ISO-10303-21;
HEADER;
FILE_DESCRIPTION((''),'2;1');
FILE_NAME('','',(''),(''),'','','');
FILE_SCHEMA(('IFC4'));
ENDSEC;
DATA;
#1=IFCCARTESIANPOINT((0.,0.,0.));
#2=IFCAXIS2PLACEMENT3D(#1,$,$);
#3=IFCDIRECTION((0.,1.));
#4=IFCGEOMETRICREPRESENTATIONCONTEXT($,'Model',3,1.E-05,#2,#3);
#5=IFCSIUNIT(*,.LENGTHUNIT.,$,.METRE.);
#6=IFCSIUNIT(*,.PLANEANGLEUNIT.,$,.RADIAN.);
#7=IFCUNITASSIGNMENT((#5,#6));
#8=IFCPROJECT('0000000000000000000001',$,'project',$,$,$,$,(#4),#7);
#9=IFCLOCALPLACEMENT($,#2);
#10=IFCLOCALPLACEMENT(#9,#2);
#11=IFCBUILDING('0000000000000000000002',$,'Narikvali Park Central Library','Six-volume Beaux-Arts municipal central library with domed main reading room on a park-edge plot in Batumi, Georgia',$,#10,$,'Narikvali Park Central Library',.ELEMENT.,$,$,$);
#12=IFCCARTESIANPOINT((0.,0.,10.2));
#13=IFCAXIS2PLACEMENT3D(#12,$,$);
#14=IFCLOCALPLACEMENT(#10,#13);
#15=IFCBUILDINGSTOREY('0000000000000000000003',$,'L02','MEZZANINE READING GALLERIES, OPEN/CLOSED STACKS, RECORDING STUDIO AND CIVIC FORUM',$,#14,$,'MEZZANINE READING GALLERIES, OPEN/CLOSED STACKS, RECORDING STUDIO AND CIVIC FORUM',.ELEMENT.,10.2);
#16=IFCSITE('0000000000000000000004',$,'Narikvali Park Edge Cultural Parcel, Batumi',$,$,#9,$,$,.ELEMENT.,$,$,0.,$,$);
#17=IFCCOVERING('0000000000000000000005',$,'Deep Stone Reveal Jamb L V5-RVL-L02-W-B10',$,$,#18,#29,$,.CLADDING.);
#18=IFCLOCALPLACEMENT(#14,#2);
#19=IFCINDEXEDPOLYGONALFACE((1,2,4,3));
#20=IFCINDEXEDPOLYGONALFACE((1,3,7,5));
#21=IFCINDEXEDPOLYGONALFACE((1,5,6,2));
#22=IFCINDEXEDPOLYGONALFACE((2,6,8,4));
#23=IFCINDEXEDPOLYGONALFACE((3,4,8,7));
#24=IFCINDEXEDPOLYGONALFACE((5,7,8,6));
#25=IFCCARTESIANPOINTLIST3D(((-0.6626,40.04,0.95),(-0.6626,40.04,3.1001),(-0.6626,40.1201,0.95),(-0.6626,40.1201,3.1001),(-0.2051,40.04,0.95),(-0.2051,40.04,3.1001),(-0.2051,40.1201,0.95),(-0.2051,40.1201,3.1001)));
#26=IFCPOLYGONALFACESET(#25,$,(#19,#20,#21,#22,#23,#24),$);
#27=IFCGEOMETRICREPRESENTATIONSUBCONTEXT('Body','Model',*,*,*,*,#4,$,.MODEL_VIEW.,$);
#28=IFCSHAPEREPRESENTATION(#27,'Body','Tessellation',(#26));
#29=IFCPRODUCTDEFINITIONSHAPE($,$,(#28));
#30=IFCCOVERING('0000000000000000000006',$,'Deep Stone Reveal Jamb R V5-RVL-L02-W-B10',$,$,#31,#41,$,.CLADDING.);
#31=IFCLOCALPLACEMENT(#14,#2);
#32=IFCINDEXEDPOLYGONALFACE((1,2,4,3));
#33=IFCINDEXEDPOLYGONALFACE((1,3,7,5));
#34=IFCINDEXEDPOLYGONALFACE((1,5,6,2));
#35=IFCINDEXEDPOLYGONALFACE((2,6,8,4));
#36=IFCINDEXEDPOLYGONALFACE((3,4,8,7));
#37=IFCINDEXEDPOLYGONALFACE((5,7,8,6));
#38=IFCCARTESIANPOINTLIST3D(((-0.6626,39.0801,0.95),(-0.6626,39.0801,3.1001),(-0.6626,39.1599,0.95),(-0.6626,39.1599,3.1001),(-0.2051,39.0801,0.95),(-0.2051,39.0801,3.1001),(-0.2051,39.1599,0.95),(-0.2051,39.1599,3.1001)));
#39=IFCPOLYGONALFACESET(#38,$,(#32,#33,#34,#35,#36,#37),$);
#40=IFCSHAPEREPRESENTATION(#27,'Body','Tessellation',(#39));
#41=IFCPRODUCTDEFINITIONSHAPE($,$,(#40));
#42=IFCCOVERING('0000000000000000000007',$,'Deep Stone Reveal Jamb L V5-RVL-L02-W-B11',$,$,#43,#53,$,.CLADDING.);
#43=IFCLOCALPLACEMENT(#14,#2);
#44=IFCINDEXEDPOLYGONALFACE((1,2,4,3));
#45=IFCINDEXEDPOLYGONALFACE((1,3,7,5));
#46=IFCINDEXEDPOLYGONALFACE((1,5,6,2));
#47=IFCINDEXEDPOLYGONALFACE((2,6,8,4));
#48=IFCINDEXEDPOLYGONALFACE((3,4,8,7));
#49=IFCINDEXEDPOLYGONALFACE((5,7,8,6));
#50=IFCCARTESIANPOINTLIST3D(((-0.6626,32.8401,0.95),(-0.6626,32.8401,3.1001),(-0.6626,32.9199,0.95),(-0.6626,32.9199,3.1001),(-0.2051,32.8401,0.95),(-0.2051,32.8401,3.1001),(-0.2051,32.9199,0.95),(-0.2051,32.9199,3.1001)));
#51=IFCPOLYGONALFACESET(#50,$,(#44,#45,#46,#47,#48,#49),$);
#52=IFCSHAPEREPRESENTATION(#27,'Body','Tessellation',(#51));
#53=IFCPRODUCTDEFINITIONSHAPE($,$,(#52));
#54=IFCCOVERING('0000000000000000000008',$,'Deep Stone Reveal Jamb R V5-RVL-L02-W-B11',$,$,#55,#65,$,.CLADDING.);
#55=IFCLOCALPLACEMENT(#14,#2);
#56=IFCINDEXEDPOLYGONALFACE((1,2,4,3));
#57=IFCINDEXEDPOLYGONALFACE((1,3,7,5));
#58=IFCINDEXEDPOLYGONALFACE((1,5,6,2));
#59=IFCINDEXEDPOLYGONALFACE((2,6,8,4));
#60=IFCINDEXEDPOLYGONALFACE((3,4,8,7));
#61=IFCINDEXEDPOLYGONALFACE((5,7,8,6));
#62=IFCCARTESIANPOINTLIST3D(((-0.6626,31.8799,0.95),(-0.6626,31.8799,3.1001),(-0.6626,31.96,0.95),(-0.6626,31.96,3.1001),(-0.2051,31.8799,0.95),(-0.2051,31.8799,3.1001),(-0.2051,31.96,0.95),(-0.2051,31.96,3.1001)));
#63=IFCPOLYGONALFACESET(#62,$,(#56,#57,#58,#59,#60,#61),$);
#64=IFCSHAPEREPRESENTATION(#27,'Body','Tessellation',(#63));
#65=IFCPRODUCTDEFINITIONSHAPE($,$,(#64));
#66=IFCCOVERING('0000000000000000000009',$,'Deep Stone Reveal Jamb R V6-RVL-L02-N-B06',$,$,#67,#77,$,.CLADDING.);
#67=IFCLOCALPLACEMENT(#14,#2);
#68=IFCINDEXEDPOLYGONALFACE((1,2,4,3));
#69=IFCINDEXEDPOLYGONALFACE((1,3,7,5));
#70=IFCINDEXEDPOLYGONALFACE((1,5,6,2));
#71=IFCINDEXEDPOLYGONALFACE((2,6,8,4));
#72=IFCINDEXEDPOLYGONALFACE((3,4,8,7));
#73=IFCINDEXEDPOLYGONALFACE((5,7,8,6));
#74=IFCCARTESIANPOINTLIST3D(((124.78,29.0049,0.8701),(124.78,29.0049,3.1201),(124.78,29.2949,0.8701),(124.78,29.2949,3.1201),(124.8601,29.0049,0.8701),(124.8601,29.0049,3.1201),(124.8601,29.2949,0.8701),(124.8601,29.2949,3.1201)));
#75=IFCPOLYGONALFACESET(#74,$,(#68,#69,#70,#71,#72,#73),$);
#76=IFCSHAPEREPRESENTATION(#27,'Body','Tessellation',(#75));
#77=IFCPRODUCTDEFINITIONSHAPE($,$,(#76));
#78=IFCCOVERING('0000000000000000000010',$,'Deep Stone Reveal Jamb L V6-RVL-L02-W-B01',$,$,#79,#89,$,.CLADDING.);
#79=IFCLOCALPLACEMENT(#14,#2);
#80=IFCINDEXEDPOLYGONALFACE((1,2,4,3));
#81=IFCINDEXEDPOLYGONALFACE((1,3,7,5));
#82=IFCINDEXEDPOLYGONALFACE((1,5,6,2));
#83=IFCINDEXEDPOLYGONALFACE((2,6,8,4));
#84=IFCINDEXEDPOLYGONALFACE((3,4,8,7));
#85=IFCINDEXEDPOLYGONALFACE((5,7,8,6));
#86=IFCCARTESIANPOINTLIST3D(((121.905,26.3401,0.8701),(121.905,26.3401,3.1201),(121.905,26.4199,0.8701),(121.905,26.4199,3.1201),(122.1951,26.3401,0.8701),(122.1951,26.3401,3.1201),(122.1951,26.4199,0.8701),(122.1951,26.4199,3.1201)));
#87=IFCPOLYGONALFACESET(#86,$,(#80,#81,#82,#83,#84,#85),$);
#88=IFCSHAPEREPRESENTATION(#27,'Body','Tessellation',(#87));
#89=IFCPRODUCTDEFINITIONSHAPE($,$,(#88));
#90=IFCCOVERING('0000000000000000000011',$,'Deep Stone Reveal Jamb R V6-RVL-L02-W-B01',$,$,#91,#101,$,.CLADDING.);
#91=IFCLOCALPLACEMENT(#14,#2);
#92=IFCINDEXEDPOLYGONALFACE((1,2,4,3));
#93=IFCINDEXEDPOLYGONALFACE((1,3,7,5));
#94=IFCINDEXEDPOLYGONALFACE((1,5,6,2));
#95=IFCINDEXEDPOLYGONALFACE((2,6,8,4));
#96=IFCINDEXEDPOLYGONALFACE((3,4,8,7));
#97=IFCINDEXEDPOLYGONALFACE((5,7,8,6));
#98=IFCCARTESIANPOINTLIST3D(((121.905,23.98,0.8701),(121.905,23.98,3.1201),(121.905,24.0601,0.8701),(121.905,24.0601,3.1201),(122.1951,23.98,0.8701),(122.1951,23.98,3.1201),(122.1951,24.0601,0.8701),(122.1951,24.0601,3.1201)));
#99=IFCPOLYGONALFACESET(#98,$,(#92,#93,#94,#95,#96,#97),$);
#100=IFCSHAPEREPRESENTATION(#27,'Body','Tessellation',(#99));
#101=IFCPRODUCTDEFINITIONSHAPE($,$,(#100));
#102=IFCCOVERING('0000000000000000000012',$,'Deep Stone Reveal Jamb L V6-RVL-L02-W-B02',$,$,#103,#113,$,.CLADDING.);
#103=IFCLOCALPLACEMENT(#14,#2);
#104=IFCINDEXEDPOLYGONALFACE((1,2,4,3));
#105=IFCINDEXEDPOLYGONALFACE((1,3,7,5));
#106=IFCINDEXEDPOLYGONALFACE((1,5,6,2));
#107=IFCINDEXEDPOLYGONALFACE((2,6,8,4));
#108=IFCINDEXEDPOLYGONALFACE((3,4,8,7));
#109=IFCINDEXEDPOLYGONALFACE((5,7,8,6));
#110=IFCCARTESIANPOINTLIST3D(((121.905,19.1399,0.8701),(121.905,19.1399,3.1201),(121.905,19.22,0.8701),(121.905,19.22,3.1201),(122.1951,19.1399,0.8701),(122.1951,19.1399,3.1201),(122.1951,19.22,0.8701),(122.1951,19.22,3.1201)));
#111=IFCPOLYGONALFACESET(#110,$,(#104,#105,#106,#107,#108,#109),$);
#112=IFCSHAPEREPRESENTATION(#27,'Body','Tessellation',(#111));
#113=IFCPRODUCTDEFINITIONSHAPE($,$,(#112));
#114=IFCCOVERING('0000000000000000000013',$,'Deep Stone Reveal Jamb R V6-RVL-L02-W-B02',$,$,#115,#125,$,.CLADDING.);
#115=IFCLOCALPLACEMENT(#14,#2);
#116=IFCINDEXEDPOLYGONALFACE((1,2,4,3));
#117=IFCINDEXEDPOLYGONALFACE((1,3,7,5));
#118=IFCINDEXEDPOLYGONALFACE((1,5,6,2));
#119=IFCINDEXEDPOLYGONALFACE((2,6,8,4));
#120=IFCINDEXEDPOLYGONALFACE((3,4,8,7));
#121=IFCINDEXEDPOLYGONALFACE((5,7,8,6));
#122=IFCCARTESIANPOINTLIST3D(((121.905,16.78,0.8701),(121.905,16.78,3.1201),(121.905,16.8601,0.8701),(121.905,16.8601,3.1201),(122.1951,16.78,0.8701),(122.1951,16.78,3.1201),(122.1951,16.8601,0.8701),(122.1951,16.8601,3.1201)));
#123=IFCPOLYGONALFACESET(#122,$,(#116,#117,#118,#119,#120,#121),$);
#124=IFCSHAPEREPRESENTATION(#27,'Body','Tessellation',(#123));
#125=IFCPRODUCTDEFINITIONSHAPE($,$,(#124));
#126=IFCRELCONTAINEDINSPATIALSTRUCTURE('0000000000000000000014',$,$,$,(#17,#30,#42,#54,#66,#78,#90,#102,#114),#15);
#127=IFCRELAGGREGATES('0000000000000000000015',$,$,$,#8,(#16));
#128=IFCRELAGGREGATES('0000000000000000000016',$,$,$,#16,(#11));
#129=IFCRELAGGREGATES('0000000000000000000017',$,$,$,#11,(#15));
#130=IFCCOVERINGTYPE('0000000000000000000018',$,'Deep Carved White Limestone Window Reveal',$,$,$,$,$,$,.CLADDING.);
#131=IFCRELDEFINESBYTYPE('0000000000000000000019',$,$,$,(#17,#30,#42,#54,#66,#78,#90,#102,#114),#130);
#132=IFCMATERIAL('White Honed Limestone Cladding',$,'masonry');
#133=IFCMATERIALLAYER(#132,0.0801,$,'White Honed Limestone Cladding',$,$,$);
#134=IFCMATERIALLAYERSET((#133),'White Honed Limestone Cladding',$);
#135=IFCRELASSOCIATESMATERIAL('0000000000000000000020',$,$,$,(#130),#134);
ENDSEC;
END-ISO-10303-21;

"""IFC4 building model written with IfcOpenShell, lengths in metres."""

from ifc_helpers import new_model, si_unit, direction, frame, origin, place, context, subcontext, project, spatial, polyline, outline, extrude, material, layer, layer_set, type_object, element, save


model = new_model("IFC4")

# Units and contexts
model_context = context("Model", 3, precision=1e-05, world=origin(), true_north=direction((0.0, 1.0)))
body_context = subcontext(model_context, "Body", "Model", "MODEL_VIEW")
ifc_project = project(units=[si_unit("LENGTHUNIT", "METRE"), si_unit("PLANEANGLEUNIT", "RADIAN")], contexts=[model_context])

# Site, building, storey
site_placement = place(None, origin())
site = spatial("IfcSite", under=ifc_project, at=site_placement, Name="Narikvali Park Edge Cultural Parcel, Batumi", CompositionType="ELEMENT", RefElevation=0.0)
building_placement = place(site_placement, origin())
building = spatial("IfcBuilding", under=site, at=building_placement, Name="Narikvali Park Central Library", Description="Six-volume Beaux-Arts municipal central library with domed main reading room on a park-edge plot in Batumi, Georgia", LongName="Narikvali Park Central Library", CompositionType="ELEMENT")
storey_placement = place(building_placement, frame((0.0, 0.0, 10.2)))
storey = spatial("IfcBuildingStorey", under=building, at=storey_placement, Name="L02", Description="MEZZANINE READING GALLERIES, OPEN/CLOSED STACKS, RECORDING STUDIO AND CIVIC FORUM", LongName="MEZZANINE READING GALLERIES, OPEN/CLOSED STACKS, RECORDING STUDIO AND CIVIC FORUM", CompositionType="ELEMENT", Elevation=10.2)

# Coverings
ifc_material = material(Name="White Honed Limestone Cladding", Category="masonry")
ifc_layer = layer(ifc_material, 0.0801, Name="White Honed Limestone Cladding")
ifc_layer_set = layer_set([ifc_layer], Name="White Honed Limestone Cladding")
covering_type = type_object("IfcCoveringType", Name="Deep Carved White Limestone Window Reveal", PredefinedType="CLADDING", material=ifc_layer_set)
covering_1_placement = place(storey_placement, frame((0.0, 0.0, 0.95)))
element("IfcCovering", 1, at=covering_1_placement, inside=storey, type_object=covering_type, Name="Deep Stone Reveal Jamb L V5-RVL-L02-W-B10", PredefinedType="CLADDING", context=body_context, shape_type="SweptSolid", body=[
    extrude(outline(polyline([(-0.2051, 40.1201), (-0.2051, 40.04), (-0.6626, 40.04), (-0.6626, 40.1201), (-0.2051, 40.1201)])), origin(), (0.0, 0.0, 1.0), 2.1501),
])
covering_2_placement = place(storey_placement, frame((0.0, 0.0, 0.95)))
element("IfcCovering", 2, at=covering_2_placement, inside=storey, type_object=covering_type, Name="Deep Stone Reveal Jamb R V5-RVL-L02-W-B10", PredefinedType="CLADDING", context=body_context, shape_type="SweptSolid", body=[
    extrude(outline(polyline([(-0.2051, 39.1599), (-0.2051, 39.0801), (-0.6626, 39.0801), (-0.6626, 39.1599), (-0.2051, 39.1599)])), origin(), (0.0, 0.0, 1.0), 2.1501),
])
covering_3_placement = place(storey_placement, frame((0.0, 0.0, 0.95)))
element("IfcCovering", 3, at=covering_3_placement, inside=storey, type_object=covering_type, Name="Deep Stone Reveal Jamb L V5-RVL-L02-W-B11", PredefinedType="CLADDING", context=body_context, shape_type="SweptSolid", body=[
    extrude(outline(polyline([(-0.2051, 32.9199), (-0.2051, 32.8401), (-0.6626, 32.8401), (-0.6626, 32.9199), (-0.2051, 32.9199)])), origin(), (0.0, 0.0, 1.0), 2.1501),
])
covering_4_placement = place(storey_placement, frame((0.0, 0.0, 0.95)))
element("IfcCovering", 4, at=covering_4_placement, inside=storey, type_object=covering_type, Name="Deep Stone Reveal Jamb R V5-RVL-L02-W-B11", PredefinedType="CLADDING", context=body_context, shape_type="SweptSolid", body=[
    extrude(outline(polyline([(-0.2051, 31.96), (-0.2051, 31.8799), (-0.6626, 31.8799), (-0.6626, 31.96), (-0.2051, 31.96)])), origin(), (0.0, 0.0, 1.0), 2.1501),
])
covering_5_placement = place(storey_placement, frame((0.0, 0.0, 0.8701)))
element("IfcCovering", 5, at=covering_5_placement, inside=storey, type_object=covering_type, Name="Deep Stone Reveal Jamb R V6-RVL-L02-N-B06", PredefinedType="CLADDING", context=body_context, shape_type="SweptSolid", body=[
    extrude(outline(polyline([(124.8601, 29.0049), (124.78, 29.0049), (124.78, 29.2949), (124.8601, 29.2949), (124.8601, 29.0049)])), origin(), (0.0, 0.0, 1.0), 2.25),
])
covering_6_placement = place(storey_placement, frame((0.0, 0.0, 0.8701)))
element("IfcCovering", 6, at=covering_6_placement, inside=storey, type_object=covering_type, Name="Deep Stone Reveal Jamb L V6-RVL-L02-W-B01", PredefinedType="CLADDING", context=body_context, shape_type="SweptSolid", body=[
    extrude(outline(polyline([(122.1951, 26.4199), (122.1951, 26.3401), (121.905, 26.3401), (121.905, 26.4199), (122.1951, 26.4199)])), origin(), (0.0, 0.0, 1.0), 2.25),
])
covering_7_placement = place(storey_placement, frame((0.0, 0.0, 0.8701)))
element("IfcCovering", 7, at=covering_7_placement, inside=storey, type_object=covering_type, Name="Deep Stone Reveal Jamb R V6-RVL-L02-W-B01", PredefinedType="CLADDING", context=body_context, shape_type="SweptSolid", body=[
    extrude(outline(polyline([(122.1951, 24.0601), (122.1951, 23.98), (121.905, 23.98), (121.905, 24.0601), (122.1951, 24.0601)])), origin(), (0.0, 0.0, 1.0), 2.25),
])
covering_8_placement = place(storey_placement, frame((0.0, 0.0, 0.8701)))
element("IfcCovering", 8, at=covering_8_placement, inside=storey, type_object=covering_type, Name="Deep Stone Reveal Jamb L V6-RVL-L02-W-B02", PredefinedType="CLADDING", context=body_context, shape_type="SweptSolid", body=[
    extrude(outline(polyline([(122.1951, 19.22), (122.1951, 19.1399), (121.905, 19.1399), (121.905, 19.22), (122.1951, 19.22)])), origin(), (0.0, 0.0, 1.0), 2.25),
])
covering_9_placement = place(storey_placement, frame((0.0, 0.0, 0.8701)))
element("IfcCovering", 9, at=covering_9_placement, inside=storey, type_object=covering_type, Name="Deep Stone Reveal Jamb R V6-RVL-L02-W-B02", PredefinedType="CLADDING", context=body_context, shape_type="SweptSolid", body=[
    extrude(outline(polyline([(122.1951, 16.8601), (122.1951, 16.78), (121.905, 16.78), (121.905, 16.8601), (122.1951, 16.8601)])), origin(), (0.0, 0.0, 1.0), 2.25),
])

save(model, "model.ifc")
